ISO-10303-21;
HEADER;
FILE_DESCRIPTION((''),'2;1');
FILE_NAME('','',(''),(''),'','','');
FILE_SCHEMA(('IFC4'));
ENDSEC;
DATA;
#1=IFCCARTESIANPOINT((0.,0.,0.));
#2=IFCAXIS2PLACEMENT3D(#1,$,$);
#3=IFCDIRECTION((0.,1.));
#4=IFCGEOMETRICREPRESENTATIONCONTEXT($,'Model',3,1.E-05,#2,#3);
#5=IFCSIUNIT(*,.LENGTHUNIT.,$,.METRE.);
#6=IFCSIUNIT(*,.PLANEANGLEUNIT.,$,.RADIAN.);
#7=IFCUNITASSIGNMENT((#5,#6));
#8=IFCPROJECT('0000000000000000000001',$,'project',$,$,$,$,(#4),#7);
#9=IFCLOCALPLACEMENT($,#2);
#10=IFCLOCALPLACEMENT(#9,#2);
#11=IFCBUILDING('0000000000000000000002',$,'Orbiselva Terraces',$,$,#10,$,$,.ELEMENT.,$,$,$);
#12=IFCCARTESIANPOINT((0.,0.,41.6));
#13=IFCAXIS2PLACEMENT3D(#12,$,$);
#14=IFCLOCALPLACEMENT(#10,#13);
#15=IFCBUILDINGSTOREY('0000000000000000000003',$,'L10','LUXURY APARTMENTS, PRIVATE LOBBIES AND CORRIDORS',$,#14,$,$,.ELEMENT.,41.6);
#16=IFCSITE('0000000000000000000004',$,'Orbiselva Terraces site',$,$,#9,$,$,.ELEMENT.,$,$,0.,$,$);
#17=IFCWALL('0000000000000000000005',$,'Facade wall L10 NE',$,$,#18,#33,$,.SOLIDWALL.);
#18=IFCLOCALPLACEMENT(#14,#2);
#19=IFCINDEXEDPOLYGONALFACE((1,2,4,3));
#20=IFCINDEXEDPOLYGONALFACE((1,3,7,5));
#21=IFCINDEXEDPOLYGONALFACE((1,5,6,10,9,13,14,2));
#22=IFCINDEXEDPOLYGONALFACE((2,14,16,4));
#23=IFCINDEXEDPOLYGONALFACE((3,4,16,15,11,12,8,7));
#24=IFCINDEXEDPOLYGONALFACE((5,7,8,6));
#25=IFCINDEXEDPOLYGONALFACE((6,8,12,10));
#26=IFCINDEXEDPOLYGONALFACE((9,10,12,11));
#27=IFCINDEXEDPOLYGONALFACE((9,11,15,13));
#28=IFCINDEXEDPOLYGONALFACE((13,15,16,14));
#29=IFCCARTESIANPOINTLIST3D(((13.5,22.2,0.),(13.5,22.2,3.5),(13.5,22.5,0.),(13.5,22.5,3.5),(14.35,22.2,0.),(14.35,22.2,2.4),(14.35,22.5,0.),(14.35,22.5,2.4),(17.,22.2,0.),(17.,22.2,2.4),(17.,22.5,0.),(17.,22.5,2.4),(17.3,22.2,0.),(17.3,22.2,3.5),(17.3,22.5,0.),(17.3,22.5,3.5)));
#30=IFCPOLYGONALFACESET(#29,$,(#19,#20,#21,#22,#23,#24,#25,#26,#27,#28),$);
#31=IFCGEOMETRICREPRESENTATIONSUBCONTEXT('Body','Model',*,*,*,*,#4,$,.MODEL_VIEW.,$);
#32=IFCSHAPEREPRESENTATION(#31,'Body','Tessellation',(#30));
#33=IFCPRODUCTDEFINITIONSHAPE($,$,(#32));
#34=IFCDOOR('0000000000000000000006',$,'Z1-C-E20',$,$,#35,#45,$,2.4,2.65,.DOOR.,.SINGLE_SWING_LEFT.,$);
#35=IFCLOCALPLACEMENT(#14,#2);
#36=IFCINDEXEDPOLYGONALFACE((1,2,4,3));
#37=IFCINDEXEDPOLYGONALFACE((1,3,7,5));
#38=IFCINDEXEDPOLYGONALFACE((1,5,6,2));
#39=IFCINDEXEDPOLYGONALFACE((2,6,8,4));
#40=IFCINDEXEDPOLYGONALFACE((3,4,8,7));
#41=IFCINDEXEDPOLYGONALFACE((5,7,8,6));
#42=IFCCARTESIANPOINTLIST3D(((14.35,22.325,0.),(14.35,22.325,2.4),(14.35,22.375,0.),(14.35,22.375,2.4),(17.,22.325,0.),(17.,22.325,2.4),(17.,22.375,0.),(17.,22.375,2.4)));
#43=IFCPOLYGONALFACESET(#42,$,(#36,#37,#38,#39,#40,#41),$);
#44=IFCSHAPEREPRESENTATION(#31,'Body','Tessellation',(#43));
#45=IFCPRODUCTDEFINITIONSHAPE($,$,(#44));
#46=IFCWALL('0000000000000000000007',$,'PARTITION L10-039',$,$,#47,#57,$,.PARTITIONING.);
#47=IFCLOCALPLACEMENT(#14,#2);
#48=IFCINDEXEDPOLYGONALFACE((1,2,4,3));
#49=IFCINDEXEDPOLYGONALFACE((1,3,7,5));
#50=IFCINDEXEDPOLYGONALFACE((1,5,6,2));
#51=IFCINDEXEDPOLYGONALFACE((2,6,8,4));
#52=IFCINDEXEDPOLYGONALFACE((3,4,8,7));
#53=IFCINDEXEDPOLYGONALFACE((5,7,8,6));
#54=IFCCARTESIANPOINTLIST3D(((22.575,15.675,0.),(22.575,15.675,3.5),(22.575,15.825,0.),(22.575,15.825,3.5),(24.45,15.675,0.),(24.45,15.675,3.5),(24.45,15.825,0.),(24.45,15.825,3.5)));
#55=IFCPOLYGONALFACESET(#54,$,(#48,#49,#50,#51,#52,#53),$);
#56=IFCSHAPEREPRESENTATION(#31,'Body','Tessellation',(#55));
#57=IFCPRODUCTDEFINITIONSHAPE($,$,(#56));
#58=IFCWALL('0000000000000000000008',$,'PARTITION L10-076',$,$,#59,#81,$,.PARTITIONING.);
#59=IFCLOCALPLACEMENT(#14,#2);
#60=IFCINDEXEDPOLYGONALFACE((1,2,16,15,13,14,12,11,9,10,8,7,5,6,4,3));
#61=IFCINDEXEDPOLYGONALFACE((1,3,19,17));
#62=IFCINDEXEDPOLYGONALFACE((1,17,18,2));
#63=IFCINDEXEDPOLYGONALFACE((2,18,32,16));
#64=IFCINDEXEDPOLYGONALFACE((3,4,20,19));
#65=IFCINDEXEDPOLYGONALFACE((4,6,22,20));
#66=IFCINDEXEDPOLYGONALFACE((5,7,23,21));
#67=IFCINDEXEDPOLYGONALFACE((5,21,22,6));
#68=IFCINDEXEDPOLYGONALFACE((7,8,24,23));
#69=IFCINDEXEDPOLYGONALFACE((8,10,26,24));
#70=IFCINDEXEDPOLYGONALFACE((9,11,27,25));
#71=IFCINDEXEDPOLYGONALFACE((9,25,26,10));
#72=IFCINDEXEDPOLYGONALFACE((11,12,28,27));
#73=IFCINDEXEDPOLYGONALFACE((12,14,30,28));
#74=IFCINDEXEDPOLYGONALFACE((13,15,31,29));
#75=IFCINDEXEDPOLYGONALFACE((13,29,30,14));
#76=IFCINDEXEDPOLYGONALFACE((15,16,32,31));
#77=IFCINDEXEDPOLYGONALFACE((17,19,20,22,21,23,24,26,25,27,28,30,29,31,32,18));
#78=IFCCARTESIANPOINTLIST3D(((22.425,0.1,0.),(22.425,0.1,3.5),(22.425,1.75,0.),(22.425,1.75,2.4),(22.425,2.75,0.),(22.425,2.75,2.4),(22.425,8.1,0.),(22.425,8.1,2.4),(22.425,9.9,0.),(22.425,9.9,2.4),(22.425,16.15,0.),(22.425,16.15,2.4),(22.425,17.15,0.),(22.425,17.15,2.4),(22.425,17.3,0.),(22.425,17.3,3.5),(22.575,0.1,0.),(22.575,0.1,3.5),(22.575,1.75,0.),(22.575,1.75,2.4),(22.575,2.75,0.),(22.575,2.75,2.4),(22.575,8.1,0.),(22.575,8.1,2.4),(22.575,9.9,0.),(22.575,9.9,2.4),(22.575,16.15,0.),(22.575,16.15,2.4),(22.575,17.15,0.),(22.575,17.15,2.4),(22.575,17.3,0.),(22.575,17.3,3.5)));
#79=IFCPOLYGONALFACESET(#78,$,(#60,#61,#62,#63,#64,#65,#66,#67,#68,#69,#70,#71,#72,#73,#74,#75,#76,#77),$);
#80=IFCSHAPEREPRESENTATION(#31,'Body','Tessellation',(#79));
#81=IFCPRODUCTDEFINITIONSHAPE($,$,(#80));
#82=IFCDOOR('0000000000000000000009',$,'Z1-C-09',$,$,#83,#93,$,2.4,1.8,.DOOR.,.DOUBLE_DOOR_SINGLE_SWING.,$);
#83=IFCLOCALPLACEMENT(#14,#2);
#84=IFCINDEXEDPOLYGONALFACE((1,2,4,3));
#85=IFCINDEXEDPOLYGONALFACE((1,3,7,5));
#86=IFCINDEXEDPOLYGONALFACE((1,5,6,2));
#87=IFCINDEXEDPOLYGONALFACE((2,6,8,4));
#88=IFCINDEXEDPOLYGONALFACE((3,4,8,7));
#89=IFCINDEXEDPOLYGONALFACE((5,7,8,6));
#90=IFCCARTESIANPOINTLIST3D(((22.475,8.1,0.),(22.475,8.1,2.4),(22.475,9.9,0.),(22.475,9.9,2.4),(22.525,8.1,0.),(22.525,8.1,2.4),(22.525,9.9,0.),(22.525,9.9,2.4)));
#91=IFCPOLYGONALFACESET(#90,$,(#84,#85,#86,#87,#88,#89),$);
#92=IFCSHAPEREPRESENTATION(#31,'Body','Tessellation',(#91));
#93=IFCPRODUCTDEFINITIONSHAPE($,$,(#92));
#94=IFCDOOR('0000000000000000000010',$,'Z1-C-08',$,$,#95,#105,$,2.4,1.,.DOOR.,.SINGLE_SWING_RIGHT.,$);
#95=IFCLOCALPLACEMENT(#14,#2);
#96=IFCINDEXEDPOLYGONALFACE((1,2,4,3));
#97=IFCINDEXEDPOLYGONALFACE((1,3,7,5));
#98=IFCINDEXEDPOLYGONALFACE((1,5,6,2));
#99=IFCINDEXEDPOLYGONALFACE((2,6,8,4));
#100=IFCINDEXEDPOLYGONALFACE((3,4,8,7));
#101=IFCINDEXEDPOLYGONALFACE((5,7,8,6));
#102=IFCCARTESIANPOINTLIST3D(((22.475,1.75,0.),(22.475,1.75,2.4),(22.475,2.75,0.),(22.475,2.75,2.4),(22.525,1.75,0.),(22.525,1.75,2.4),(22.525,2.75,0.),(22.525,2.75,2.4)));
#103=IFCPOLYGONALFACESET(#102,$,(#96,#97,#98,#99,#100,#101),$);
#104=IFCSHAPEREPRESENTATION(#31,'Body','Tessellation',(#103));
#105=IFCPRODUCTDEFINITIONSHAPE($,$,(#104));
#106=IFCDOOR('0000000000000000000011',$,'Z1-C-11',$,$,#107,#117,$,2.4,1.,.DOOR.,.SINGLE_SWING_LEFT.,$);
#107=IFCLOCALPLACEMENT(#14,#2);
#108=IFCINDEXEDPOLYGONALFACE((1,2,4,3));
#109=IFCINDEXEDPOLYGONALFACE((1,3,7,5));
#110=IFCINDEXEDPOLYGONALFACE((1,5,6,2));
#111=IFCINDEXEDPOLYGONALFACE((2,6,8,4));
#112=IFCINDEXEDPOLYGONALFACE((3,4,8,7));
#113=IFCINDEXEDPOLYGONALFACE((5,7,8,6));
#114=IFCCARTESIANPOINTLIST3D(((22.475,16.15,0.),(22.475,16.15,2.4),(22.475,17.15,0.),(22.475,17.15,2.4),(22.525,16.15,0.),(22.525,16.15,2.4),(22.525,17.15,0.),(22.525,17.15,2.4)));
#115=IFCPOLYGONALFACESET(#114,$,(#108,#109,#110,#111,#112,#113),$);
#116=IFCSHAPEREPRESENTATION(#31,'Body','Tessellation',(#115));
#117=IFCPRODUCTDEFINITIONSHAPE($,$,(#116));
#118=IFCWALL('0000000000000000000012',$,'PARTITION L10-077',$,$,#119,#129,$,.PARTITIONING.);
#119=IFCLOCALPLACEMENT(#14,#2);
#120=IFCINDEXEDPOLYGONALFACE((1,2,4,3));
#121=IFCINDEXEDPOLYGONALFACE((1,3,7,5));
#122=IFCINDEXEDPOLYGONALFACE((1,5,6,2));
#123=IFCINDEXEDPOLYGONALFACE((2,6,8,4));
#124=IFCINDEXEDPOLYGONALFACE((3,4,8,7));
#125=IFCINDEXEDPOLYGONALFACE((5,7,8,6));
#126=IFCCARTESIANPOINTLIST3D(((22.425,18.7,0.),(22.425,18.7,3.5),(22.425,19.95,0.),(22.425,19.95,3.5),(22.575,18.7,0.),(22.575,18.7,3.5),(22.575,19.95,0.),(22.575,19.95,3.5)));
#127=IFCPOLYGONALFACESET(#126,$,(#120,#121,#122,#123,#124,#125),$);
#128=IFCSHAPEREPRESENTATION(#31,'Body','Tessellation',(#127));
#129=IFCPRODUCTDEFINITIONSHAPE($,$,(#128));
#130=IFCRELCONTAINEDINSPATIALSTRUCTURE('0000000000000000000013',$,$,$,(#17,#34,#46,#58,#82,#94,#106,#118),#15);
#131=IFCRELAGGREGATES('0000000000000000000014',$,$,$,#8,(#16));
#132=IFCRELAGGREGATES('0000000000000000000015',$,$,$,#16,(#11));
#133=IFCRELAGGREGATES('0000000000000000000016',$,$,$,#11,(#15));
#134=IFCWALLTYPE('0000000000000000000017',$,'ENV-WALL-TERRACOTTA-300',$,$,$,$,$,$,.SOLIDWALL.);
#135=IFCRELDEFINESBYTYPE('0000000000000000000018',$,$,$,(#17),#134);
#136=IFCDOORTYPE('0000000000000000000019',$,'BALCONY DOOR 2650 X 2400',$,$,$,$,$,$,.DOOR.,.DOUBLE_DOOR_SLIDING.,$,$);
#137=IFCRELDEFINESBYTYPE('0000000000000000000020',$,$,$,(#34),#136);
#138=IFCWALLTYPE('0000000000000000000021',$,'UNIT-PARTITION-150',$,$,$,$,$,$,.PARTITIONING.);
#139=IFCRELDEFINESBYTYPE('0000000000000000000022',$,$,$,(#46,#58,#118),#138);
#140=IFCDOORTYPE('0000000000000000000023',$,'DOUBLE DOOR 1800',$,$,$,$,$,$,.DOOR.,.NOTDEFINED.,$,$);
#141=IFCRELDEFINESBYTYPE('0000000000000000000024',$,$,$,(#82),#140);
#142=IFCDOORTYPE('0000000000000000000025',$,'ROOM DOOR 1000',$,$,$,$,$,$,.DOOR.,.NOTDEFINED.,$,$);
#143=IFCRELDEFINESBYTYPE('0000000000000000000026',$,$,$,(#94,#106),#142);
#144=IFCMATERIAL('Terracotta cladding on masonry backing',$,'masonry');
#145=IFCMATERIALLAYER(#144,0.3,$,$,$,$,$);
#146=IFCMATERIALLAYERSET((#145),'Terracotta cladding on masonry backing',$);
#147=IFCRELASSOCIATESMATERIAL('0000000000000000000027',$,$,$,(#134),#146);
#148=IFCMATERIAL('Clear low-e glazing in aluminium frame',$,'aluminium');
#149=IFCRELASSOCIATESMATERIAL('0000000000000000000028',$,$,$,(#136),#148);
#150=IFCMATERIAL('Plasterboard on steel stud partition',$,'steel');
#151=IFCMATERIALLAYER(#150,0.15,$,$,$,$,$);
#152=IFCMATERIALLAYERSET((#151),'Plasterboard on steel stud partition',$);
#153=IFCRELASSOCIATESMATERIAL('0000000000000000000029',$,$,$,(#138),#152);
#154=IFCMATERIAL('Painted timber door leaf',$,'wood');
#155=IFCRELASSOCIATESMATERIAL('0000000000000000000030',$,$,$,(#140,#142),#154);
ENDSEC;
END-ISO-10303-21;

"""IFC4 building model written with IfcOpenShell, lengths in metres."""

from ifc_helpers import new_model, si_unit, direction, frame, frame_2d, origin, place, context, subcontext, project, spatial, rectangle, extrude, material, layer, layer_set, type_object, element, fill, save


model = new_model("IFC4")

# Units and contexts
model_context = context("Model", 3, precision=1e-05, world=origin(), true_north=direction((0.0, 1.0)))
body_context = subcontext(model_context, "Body", "Model", "MODEL_VIEW")
ifc_project = project(units=[si_unit("LENGTHUNIT", "METRE"), si_unit("PLANEANGLEUNIT", "RADIAN")], contexts=[model_context])

# Site, building, storey
site_placement = place(None, origin())
site = spatial("IfcSite", under=ifc_project, at=site_placement, Name="Orbiselva Terraces site", CompositionType="ELEMENT", RefElevation=0.0)
building_placement = place(site_placement, origin())
building = spatial("IfcBuilding", under=site, at=building_placement, Name="Orbiselva Terraces", CompositionType="ELEMENT")
storey_placement = place(building_placement, frame((0.0, 0.0, 41.6)))
storey = spatial("IfcBuildingStorey", under=building, at=storey_placement, Name="L10", Description="LUXURY APARTMENTS, PRIVATE LOBBIES AND CORRIDORS", CompositionType="ELEMENT", Elevation=41.6)

# Shared definitions
ifc_material_1 = material(Name="Terracotta cladding on masonry backing", Category="masonry")
ifc_layer_1 = layer(ifc_material_1, 0.3)
ifc_layer_set_1 = layer_set([ifc_layer_1], Name="Terracotta cladding on masonry backing")
wall_type_1 = type_object("IfcWallType", Name="ENV-WALL-TERRACOTTA-300", PredefinedType="SOLIDWALL", material=ifc_layer_set_1)
ifc_material_2 = material(Name="Clear low-e glazing in aluminium frame", Category="aluminium")
door_type_1 = type_object("IfcDoorType", Name="BALCONY DOOR 2650 X 2400", OperationType="DOUBLE_DOOR_SLIDING", PredefinedType="DOOR", material=ifc_material_2)

# Wall, opening, door
wall_1_placement = place(storey_placement, frame((13.5, 22.35, 0.0), z_axis=(0.0, 0.0, 1.0), x_axis=(1.0, 0.0, 0.0)))
wall_1 = element("IfcWall", 1, at=wall_1_placement, inside=storey, type_object=wall_type_1, Name="Facade wall L10 NE", PredefinedType="SOLIDWALL", context=body_context, shape_type="SweptSolid", body=[
    extrude(rectangle(XDim=3.8, YDim=0.3, at=frame_2d((1.9, 0.0))), origin(), (0.0, 0.0, 1.0), 3.5),
])
opening_1_placement = place(wall_1_placement, frame((0.85, 0.0, 0.0)))
opening_1 = element("IfcOpeningElement", 2, at=opening_1_placement, cuts=wall_1, PredefinedType="OPENING", context=body_context, shape_type="SweptSolid", body=[
    extrude(rectangle(XDim=2.65, YDim=2.4, at=frame_2d((1.325, 1.2))), frame((0.0, 0.16, 0.0), z_axis=(0.0, -1.0, 0.0), x_axis=(1.0, 0.0, 0.0)), (0.0, 0.0, 1.0), 0.32),
])
door_1_placement = place(opening_1_placement, origin())
door_1 = element("IfcDoor", 3, at=door_1_placement, inside=storey, type_object=door_type_1, Name="Z1-C-E20", OperationType="SINGLE_SWING_LEFT", OverallHeight=2.4, OverallWidth=2.65, PredefinedType="DOOR", context=body_context, shape_type="SweptSolid", body=[
    extrude(rectangle(XDim=2.65, YDim=2.4, at=frame_2d((1.325, 1.2))), frame((0.0, 0.025, 0.0), z_axis=(0.0, -1.0, 0.0), x_axis=(1.0, 0.0, 0.0)), (0.0, 0.0, 1.0), 0.05),
])
fill(opening_1, door_1)

# Wall
ifc_material_3 = material(Name="Plasterboard on steel stud partition", Category="steel")
ifc_layer_2 = layer(ifc_material_3, 0.15)
ifc_layer_set_2 = layer_set([ifc_layer_2], Name="Plasterboard on steel stud partition")
wall_type_2 = type_object("IfcWallType", Name="UNIT-PARTITION-150", PredefinedType="PARTITIONING", material=ifc_layer_set_2)
wall_2_placement = place(storey_placement, frame((22.575, 15.75, 0.0), z_axis=(0.0, 0.0, 1.0), x_axis=(1.0, 0.0, 0.0)))
element("IfcWall", 4, at=wall_2_placement, inside=storey, type_object=wall_type_2, Name="PARTITION L10-039", PredefinedType="PARTITIONING", context=body_context, shape_type="SweptSolid", body=[
    extrude(rectangle(XDim=1.875, YDim=0.15, at=frame_2d((0.9375, 0.0))), origin(), (0.0, 0.0, 1.0), 3.5),
])

# Wall, openings, doors
wall_3_placement = place(storey_placement, frame((22.5, 17.3, 0.0), z_axis=(0.0, 0.0, 1.0), x_axis=(0.0, -1.0, 0.0)))
wall_3 = element("IfcWall", 5, at=wall_3_placement, inside=storey, type_object=wall_type_2, Name="PARTITION L10-076", PredefinedType="PARTITIONING", context=body_context, shape_type="SweptSolid", body=[
    extrude(rectangle(XDim=17.2, YDim=0.15, at=frame_2d((8.6, 0.0))), origin(), (0.0, 0.0, 1.0), 3.5),
])
opening_2_placement = place(wall_3_placement, frame((14.55, 0.0, 0.0)))
opening_2 = element("IfcOpeningElement", 6, at=opening_2_placement, cuts=wall_3, PredefinedType="OPENING", context=body_context, shape_type="SweptSolid", body=[
    extrude(rectangle(XDim=1.0, YDim=2.4, at=frame_2d((0.5, 1.2))), frame((0.0, 0.085, 0.0), z_axis=(0.0, -1.0, 0.0), x_axis=(1.0, 0.0, 0.0)), (0.0, 0.0, 1.0), 0.17),
])
opening_3_placement = place(wall_3_placement, frame((7.4, 0.0, 0.0)))
opening_3 = element("IfcOpeningElement", 7, at=opening_3_placement, cuts=wall_3, PredefinedType="OPENING", context=body_context, shape_type="SweptSolid", body=[
    extrude(rectangle(XDim=1.8, YDim=2.4, at=frame_2d((0.9, 1.2))), frame((0.0, 0.085, 0.0), z_axis=(0.0, -1.0, 0.0), x_axis=(1.0, 0.0, 0.0)), (0.0, 0.0, 1.0), 0.17),
])
opening_4_placement = place(wall_3_placement, frame((0.15, 0.0, 0.0)))
opening_4 = element("IfcOpeningElement", 8, at=opening_4_placement, cuts=wall_3, PredefinedType="OPENING", context=body_context, shape_type="SweptSolid", body=[
    extrude(rectangle(XDim=1.0, YDim=2.4, at=frame_2d((0.5, 1.2))), frame((0.0, 0.085, 0.0), z_axis=(0.0, -1.0, 0.0), x_axis=(1.0, 0.0, 0.0)), (0.0, 0.0, 1.0), 0.17),
])
ifc_material_4 = material(Name="Painted timber door leaf", Category="wood")
door_type_2 = type_object("IfcDoorType", Name="DOUBLE DOOR 1800", OperationType="NOTDEFINED", PredefinedType="DOOR", material=ifc_material_4)
door_2_placement = place(opening_3_placement, origin())
door_2 = element("IfcDoor", 9, at=door_2_placement, inside=storey, type_object=door_type_2, Name="Z1-C-09", OperationType="DOUBLE_DOOR_SINGLE_SWING", OverallHeight=2.4, OverallWidth=1.8, PredefinedType="DOOR", context=body_context, shape_type="SweptSolid", body=[
    extrude(rectangle(XDim=1.8, YDim=2.4, at=frame_2d((0.9, 1.2))), frame((0.0, 0.025, 0.0), z_axis=(0.0, -1.0, 0.0), x_axis=(1.0, 0.0, 0.0)), (0.0, 0.0, 1.0), 0.05),
])
fill(opening_3, door_2)
door_type_3 = type_object("IfcDoorType", Name="ROOM DOOR 1000", OperationType="NOTDEFINED", PredefinedType="DOOR", material=ifc_material_4)
door_3_placement = place(opening_2_placement, origin())
door_3 = element("IfcDoor", 10, at=door_3_placement, inside=storey, type_object=door_type_3, Name="Z1-C-08", OperationType="SINGLE_SWING_RIGHT", OverallHeight=2.4, OverallWidth=1.0, PredefinedType="DOOR", context=body_context, shape_type="SweptSolid", body=[
    extrude(rectangle(XDim=1.0, YDim=2.4, at=frame_2d((0.5, 1.2))), frame((0.0, 0.025, 0.0), z_axis=(0.0, -1.0, 0.0), x_axis=(1.0, 0.0, 0.0)), (0.0, 0.0, 1.0), 0.05),
])
fill(opening_2, door_3)
door_4_placement = place(opening_4_placement, origin())
door_4 = element("IfcDoor", 11, at=door_4_placement, inside=storey, type_object=door_type_3, Name="Z1-C-11", OperationType="SINGLE_SWING_LEFT", OverallHeight=2.4, OverallWidth=1.0, PredefinedType="DOOR", context=body_context, shape_type="SweptSolid", body=[
    extrude(rectangle(XDim=1.0, YDim=2.4, at=frame_2d((0.5, 1.2))), frame((0.0, 0.025, 0.0), z_axis=(0.0, -1.0, 0.0), x_axis=(1.0, 0.0, 0.0)), (0.0, 0.0, 1.0), 0.05),
])
fill(opening_4, door_4)

# Wall
wall_4_placement = place(storey_placement, frame((22.5, 18.7, 0.0), z_axis=(0.0, 0.0, 1.0), x_axis=(0.0, 1.0, 0.0)))
element("IfcWall", 12, at=wall_4_placement, inside=storey, type_object=wall_type_2, Name="PARTITION L10-077", PredefinedType="PARTITIONING", context=body_context, shape_type="SweptSolid", body=[
    extrude(rectangle(XDim=1.25, YDim=0.15, at=frame_2d((0.625, 0.0))), origin(), (0.0, 0.0, 1.0), 3.5),
])

save(model, "model.ifc")
